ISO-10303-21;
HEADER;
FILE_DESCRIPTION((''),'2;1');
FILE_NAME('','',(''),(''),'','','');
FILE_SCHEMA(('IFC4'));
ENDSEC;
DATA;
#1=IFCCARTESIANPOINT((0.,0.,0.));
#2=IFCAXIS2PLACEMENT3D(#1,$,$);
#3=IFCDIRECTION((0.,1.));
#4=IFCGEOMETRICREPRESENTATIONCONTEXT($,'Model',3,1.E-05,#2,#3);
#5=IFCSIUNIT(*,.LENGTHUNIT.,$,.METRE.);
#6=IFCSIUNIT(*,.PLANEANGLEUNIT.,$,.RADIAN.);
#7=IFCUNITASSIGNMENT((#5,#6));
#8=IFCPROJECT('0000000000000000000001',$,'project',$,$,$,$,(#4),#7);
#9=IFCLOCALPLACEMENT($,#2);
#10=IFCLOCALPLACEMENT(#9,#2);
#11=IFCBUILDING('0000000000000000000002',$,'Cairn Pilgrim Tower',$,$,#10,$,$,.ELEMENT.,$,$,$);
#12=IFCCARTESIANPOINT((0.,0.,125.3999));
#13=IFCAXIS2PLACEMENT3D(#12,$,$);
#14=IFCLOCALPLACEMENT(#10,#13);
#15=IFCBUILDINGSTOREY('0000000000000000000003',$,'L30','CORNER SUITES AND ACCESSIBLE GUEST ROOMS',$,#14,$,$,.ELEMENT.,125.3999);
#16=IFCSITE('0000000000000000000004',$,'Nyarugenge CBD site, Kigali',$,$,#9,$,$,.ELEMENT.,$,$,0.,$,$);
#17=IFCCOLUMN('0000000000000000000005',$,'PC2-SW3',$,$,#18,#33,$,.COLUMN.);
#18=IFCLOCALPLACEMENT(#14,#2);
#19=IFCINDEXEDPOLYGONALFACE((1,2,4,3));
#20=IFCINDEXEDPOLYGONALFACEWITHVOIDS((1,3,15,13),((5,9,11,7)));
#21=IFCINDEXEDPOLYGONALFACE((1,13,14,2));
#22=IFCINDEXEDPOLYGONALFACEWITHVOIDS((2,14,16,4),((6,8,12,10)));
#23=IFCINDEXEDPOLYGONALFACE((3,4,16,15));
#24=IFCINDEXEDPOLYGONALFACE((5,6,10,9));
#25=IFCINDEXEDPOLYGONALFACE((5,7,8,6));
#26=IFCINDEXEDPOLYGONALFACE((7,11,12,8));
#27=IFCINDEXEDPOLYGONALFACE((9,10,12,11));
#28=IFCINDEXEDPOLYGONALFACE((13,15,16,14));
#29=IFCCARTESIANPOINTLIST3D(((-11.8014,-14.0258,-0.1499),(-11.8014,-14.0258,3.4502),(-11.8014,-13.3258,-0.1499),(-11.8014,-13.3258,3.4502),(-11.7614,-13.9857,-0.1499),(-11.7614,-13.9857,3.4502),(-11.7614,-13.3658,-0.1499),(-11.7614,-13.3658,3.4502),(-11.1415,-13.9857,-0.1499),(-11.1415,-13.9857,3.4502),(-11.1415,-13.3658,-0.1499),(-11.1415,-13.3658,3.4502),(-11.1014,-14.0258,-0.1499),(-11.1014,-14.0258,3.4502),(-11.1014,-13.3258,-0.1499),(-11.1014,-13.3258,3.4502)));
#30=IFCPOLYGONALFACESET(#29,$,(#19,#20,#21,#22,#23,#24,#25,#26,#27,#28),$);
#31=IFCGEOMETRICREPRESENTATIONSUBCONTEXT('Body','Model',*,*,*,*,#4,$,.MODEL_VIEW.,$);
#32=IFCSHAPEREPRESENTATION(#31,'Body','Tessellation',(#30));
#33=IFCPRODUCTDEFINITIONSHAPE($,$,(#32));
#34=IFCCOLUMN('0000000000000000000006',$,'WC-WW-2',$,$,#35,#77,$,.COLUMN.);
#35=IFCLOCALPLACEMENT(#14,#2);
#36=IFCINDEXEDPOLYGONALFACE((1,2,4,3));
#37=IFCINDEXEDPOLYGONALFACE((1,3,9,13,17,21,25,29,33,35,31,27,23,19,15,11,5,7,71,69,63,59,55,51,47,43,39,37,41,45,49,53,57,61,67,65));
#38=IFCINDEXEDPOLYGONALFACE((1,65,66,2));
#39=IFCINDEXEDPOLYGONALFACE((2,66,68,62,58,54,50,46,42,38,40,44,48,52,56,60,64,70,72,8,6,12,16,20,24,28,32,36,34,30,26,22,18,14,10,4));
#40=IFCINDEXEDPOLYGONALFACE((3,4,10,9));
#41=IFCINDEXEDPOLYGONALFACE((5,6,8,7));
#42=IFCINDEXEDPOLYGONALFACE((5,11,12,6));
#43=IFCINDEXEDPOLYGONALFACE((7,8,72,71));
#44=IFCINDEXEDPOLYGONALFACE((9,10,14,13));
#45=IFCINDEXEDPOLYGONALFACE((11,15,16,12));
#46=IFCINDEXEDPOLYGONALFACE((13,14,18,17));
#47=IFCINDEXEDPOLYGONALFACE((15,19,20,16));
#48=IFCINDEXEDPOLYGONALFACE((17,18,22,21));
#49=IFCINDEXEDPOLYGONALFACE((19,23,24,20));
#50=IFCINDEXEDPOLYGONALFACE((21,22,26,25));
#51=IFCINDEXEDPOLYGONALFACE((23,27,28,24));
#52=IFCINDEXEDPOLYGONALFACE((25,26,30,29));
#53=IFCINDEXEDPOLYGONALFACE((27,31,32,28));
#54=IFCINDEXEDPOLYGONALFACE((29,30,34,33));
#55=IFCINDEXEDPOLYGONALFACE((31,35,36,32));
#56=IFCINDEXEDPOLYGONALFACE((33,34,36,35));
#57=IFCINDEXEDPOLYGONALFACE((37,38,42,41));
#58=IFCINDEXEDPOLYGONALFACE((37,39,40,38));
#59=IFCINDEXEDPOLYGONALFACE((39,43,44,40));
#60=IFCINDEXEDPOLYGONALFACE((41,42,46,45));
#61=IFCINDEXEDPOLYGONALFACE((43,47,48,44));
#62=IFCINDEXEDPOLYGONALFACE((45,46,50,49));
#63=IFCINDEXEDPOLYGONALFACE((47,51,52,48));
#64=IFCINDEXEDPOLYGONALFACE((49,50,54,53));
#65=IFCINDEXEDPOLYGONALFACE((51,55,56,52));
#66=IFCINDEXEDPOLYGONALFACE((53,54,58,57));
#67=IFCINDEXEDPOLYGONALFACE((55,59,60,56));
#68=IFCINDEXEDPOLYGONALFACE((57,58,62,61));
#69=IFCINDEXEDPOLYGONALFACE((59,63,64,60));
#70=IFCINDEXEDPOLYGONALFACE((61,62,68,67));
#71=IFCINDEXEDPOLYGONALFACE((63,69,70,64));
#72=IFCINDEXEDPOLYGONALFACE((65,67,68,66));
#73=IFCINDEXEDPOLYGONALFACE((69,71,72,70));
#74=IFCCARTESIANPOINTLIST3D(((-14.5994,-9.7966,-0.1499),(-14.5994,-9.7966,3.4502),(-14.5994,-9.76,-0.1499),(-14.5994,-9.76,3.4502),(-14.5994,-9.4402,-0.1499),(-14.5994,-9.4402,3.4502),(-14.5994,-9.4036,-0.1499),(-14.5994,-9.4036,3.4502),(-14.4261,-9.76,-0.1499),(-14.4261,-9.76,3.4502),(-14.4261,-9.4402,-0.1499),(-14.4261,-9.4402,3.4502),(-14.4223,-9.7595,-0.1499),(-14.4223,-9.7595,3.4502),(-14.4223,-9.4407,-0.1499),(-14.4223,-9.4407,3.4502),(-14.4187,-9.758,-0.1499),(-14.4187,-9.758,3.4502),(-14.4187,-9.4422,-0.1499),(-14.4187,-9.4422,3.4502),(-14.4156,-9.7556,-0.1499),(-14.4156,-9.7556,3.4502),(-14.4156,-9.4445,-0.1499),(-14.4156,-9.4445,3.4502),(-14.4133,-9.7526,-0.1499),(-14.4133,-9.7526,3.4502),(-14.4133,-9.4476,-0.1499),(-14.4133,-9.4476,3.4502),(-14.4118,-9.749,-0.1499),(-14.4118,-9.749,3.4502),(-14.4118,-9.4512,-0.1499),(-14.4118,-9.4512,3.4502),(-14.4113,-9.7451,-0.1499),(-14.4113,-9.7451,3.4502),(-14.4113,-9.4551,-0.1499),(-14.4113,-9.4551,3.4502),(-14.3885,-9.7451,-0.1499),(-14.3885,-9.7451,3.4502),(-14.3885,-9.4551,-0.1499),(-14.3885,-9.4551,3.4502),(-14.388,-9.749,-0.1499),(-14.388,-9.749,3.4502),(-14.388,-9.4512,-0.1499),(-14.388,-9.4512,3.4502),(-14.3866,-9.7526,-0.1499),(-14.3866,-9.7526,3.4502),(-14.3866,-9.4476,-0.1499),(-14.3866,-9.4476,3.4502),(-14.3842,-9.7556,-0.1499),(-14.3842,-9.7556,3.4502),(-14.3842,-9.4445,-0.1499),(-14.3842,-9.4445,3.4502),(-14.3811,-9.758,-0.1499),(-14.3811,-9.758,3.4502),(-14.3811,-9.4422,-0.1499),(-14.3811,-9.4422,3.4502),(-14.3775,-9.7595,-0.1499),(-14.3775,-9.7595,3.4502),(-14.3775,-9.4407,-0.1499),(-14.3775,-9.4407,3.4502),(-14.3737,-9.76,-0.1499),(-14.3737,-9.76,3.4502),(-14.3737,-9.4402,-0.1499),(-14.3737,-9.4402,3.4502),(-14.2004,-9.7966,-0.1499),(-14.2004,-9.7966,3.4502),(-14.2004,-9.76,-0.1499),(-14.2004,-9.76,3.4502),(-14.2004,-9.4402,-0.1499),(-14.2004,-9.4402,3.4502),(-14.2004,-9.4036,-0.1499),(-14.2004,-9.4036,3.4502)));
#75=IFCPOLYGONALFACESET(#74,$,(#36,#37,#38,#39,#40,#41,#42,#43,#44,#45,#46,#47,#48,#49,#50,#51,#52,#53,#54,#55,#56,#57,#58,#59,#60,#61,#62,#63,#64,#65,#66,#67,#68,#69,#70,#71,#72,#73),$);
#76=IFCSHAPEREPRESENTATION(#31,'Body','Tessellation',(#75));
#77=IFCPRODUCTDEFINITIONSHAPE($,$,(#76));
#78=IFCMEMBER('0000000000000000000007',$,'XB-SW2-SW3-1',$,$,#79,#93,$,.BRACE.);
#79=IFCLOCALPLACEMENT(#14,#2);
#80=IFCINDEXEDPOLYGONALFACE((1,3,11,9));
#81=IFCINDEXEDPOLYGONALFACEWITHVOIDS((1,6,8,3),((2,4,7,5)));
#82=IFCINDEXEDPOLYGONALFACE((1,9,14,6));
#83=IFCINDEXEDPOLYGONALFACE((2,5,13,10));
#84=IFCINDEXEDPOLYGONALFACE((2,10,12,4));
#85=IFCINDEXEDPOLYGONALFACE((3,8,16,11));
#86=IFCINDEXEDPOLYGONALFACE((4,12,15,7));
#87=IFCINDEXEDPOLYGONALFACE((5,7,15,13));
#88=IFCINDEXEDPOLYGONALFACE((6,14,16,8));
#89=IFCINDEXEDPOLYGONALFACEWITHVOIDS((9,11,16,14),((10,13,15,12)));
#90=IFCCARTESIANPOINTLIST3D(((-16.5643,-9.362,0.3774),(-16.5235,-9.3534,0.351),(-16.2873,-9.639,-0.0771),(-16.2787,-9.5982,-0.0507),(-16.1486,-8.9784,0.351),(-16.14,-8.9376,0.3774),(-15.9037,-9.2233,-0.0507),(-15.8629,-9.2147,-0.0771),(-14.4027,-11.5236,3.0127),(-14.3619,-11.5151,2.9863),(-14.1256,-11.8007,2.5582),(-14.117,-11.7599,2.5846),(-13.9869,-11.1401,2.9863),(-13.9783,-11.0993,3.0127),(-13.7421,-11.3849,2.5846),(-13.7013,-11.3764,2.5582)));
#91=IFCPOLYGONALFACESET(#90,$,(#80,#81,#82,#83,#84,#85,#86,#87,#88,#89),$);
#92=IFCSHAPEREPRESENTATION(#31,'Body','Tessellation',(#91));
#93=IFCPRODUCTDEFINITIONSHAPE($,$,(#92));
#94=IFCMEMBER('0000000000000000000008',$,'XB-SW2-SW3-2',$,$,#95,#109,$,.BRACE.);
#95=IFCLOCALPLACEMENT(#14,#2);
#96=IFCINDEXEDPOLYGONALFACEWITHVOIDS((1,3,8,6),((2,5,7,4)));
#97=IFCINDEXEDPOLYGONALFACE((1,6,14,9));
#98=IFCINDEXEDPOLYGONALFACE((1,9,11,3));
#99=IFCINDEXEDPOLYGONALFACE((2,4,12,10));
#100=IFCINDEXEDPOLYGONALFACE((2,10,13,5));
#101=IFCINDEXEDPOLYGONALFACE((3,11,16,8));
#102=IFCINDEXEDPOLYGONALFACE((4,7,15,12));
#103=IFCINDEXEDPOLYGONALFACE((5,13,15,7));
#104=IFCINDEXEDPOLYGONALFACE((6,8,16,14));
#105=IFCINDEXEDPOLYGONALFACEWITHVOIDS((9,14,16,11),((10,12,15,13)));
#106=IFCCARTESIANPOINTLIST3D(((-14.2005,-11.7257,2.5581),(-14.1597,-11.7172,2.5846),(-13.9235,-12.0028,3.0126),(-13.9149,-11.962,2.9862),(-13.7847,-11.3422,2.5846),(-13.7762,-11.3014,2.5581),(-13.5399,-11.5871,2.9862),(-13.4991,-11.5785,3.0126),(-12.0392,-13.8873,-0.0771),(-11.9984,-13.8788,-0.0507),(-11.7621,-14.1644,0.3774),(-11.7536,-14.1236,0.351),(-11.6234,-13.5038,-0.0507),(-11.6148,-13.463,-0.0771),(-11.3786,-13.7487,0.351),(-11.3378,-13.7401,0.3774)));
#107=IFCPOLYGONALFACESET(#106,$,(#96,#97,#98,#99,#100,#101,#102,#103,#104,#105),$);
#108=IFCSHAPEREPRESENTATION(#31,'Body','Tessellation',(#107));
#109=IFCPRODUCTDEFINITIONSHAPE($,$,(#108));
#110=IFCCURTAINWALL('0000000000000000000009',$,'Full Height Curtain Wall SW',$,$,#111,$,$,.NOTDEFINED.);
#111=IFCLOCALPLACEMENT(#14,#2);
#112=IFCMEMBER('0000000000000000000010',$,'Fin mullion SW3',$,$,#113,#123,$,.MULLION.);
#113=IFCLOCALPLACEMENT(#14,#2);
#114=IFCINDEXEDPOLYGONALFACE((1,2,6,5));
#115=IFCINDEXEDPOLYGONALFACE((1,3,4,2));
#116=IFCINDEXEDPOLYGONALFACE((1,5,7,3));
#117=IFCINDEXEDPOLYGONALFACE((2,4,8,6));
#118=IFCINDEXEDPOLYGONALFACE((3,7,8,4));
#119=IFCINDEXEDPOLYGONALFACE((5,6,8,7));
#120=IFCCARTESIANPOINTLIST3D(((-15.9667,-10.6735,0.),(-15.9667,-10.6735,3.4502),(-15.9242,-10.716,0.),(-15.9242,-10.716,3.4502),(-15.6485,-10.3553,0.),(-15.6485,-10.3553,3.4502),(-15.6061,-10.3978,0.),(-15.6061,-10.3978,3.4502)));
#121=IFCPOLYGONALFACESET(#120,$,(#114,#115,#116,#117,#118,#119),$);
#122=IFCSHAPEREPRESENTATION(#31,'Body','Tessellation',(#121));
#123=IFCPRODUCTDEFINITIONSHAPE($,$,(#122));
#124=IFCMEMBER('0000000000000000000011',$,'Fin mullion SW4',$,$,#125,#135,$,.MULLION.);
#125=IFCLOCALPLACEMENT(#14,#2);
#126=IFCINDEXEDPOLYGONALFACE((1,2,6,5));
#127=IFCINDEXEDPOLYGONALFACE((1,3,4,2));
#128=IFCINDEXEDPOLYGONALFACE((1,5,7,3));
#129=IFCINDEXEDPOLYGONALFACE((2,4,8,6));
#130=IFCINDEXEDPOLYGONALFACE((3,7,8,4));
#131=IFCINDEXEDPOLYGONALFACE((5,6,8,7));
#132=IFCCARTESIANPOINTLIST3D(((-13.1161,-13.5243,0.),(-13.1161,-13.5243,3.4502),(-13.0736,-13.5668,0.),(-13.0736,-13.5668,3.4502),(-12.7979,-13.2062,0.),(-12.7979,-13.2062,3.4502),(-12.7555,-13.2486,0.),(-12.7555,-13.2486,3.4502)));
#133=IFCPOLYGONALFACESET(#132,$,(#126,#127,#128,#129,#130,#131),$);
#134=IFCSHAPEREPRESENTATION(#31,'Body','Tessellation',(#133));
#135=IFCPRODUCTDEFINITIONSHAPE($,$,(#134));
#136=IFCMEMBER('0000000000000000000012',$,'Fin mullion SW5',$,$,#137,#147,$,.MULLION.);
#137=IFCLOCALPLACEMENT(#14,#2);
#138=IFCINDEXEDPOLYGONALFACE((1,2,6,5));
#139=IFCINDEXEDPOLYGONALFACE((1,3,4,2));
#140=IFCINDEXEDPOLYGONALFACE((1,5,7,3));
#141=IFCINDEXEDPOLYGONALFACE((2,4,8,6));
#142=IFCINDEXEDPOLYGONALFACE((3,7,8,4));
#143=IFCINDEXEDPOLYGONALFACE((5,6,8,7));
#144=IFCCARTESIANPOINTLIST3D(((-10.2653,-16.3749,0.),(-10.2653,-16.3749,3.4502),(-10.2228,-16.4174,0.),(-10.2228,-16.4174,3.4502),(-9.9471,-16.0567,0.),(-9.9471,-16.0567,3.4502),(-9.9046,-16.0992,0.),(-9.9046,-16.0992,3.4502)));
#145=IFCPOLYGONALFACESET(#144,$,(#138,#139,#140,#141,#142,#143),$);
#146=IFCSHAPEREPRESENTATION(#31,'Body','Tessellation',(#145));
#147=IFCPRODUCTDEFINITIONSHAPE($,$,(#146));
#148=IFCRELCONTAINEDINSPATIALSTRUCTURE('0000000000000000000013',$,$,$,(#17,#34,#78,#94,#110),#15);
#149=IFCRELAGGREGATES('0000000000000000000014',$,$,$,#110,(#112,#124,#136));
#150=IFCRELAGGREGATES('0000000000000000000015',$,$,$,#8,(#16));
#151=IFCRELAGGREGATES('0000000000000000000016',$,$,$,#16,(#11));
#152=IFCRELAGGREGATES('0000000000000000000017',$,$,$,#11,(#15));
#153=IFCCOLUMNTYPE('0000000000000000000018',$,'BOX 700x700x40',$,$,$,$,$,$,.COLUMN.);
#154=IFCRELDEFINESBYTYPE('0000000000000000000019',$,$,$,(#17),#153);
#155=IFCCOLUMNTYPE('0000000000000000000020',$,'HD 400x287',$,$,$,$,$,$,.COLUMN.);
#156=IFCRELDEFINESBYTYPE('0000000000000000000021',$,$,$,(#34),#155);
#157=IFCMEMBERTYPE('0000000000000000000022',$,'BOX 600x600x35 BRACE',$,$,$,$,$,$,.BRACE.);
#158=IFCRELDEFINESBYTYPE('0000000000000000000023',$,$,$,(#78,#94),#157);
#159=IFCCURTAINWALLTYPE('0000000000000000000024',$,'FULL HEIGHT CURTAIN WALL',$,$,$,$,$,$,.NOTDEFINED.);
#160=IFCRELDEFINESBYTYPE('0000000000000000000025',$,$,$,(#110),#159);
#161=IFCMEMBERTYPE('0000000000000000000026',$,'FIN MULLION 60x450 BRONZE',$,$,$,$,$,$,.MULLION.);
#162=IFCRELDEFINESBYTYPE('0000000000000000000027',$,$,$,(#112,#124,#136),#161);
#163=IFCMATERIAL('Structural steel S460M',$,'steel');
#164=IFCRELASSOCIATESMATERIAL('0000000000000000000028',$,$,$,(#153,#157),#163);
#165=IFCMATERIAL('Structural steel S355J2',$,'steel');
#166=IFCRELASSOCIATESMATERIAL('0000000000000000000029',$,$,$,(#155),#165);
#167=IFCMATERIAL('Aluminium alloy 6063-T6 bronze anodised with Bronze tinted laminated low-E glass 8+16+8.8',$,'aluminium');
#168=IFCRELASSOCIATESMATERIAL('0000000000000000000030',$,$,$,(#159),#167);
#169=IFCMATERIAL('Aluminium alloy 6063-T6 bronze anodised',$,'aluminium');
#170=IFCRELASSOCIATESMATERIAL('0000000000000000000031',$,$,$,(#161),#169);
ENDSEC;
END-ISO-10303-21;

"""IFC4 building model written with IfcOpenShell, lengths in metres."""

from ifc_helpers import new_model, si_unit, direction, frame, origin, origin_2d, place, context, subcontext, project, spatial, rectangle, hollow_rectangle, i_section, extrude, material, material_profile, profile_set, type_object, element, aggregate, save


model = new_model("IFC4")

# Units and contexts
model_context = context("Model", 3, precision=1e-05, world=origin(), true_north=direction((0.0, 1.0)))
body_context = subcontext(model_context, "Body", "Model", "MODEL_VIEW")
ifc_project = project(units=[si_unit("LENGTHUNIT", "METRE"), si_unit("PLANEANGLEUNIT", "RADIAN")], contexts=[model_context])

# Site, building, storey
site_placement = place(None, origin())
site = spatial("IfcSite", under=ifc_project, at=site_placement, Name="Nyarugenge CBD site, Kigali", CompositionType="ELEMENT", RefElevation=0.0)
building_placement = place(site_placement, origin())
building = spatial("IfcBuilding", under=site, at=building_placement, Name="Cairn Pilgrim Tower", CompositionType="ELEMENT")
storey_placement = place(building_placement, frame((0.0, 0.0, 125.3999)))
storey = spatial("IfcBuildingStorey", under=building, at=storey_placement, Name="L30", Description="CORNER SUITES AND ACCESSIBLE GUEST ROOMS", CompositionType="ELEMENT", Elevation=125.3999)

# Columns
ifc_material_1 = material(Name="Structural steel S460M", Category="steel")
ifc_material_profile_1 = material_profile(ifc_material_1, hollow_rectangle(XDim=0.7, YDim=0.7, WallThickness=0.04, at=origin_2d()), Name="BOX 700x700x40")
ifc_profile_set_1 = profile_set([ifc_material_profile_1], Name="Structural steel S460M")
column_type_1 = type_object("IfcColumnType", Name="BOX 700x700x40", PredefinedType="COLUMN", material=ifc_profile_set_1)
column_1_placement = place(storey_placement, frame((-11.4514, -13.6758, -0.1499), z_axis=(0.0, 0.0, 1.0), x_axis=(1.0, 0.0, 0.0)))
element("IfcColumn", 1, at=column_1_placement, inside=storey, type_object=column_type_1, Name="PC2-SW3", PredefinedType="COLUMN", context=body_context, shape_type="SweptSolid", body=[
    extrude(hollow_rectangle(XDim=0.7, YDim=0.7, WallThickness=0.04, at=origin_2d()), origin(), (0.0, 0.0, 1.0), 3.6001),
])
ifc_material_2 = material(Name="Structural steel S355J2", Category="steel")
ifc_material_profile_2 = material_profile(ifc_material_2, i_section(OverallWidth=0.3989, OverallDepth=0.3931, WebThickness=0.0227, FlangeThickness=0.0366, FilletRadius=0.0149, at=origin_2d()), Name="HD 400x287")
ifc_profile_set_2 = profile_set([ifc_material_profile_2], Name="Structural steel S355J2")
column_type_2 = type_object("IfcColumnType", Name="HD 400x287", PredefinedType="COLUMN", material=ifc_profile_set_2)
column_2_placement = place(storey_placement, frame((-14.3999, -9.6001, -0.1499), z_axis=(0.0, 0.0, 1.0), x_axis=(1.0, 0.0, 0.0)))
element("IfcColumn", 2, at=column_2_placement, inside=storey, type_object=column_type_2, Name="WC-WW-2", PredefinedType="COLUMN", context=body_context, shape_type="SweptSolid", body=[
    extrude(i_section(OverallWidth=0.3989, OverallDepth=0.3931, WebThickness=0.0227, FlangeThickness=0.0366, FilletRadius=0.0149, at=origin_2d()), origin(), (0.0, 0.0, 1.0), 3.6001),
])

# Members
ifc_material_profile_3 = material_profile(ifc_material_1, hollow_rectangle(XDim=0.6001, YDim=0.6001, WallThickness=0.0349, at=origin_2d()), Name="BOX 600x600x35")
ifc_profile_set_3 = profile_set([ifc_material_profile_3], Name="Structural steel S460M")
member_type_1 = type_object("IfcMemberType", Name="BOX 600x600x35 BRACE", PredefinedType="BRACE", material=ifc_profile_set_3)
member_1_placement = place(storey_placement, frame((-16.2136, -9.2883, 0.1501), z_axis=(0.535577, -0.535577, 0.652927), x_axis=(0.707107, 0.707107, 0.0)))
element("IfcMember", 3, at=member_1_placement, inside=storey, type_object=member_type_1, Name="XB-SW2-SW3-1", PredefinedType="BRACE", context=body_context, shape_type="SweptSolid", body=[
    extrude(hollow_rectangle(XDim=0.6001, YDim=0.6001, WallThickness=0.0349, at=origin_2d()), origin(), (0.0, 0.0, 1.0), 4.0361),
])
member_2_placement = place(storey_placement, frame((-11.6885, -13.8137, 0.1501), z_axis=(-0.535534, 0.535594, 0.652949), x_axis=(-0.707147, -0.707067, 0.0)))
element("IfcMember", 4, at=member_2_placement, inside=storey, type_object=member_type_1, Name="XB-SW2-SW3-2", PredefinedType="BRACE", context=body_context, shape_type="SweptSolid", body=[
    extrude(hollow_rectangle(XDim=0.6001, YDim=0.6001, WallThickness=0.0349, at=origin_2d()), origin(), (0.0, 0.0, 1.0), 4.0359),
])

# Curtain wall, members
ifc_material_3 = material(Name="Aluminium alloy 6063-T6 bronze anodised with Bronze tinted laminated low-E glass 8+16+8.8", Category="aluminium")
curtain_wall_type = type_object("IfcCurtainWallType", Name="FULL HEIGHT CURTAIN WALL", PredefinedType="NOTDEFINED", material=ifc_material_3)
curtain_wall_placement = place(storey_placement, origin())
curtain_wall = element("IfcCurtainWall", 5, at=curtain_wall_placement, inside=storey, type_object=curtain_wall_type, Name="Full Height Curtain Wall SW", PredefinedType="NOTDEFINED")
ifc_material_4 = material(Name="Aluminium alloy 6063-T6 bronze anodised", Category="aluminium")
ifc_material_profile_4 = material_profile(ifc_material_4, rectangle(XDim=0.45, YDim=0.0601, at=origin_2d()), Name="FIN MULLION 60x450 BRONZE")
ifc_profile_set_4 = profile_set([ifc_material_profile_4], Name="Aluminium alloy 6063-T6 bronze anodised")
member_type_2 = type_object("IfcMemberType", Name="FIN MULLION 60x450 BRONZE", PredefinedType="MULLION", material=ifc_profile_set_4)
member_3_placement = place(storey_placement, frame((-15.7864, -10.5356, 0.0), z_axis=(0.0, 0.0, 1.0), x_axis=(-0.707107, -0.707107, 0.0)))
member_3 = element("IfcMember", 6, at=member_3_placement, type_object=member_type_2, Name="Fin mullion SW3", PredefinedType="MULLION", context=body_context, shape_type="SweptSolid", body=[
    extrude(rectangle(XDim=0.45, YDim=0.0601, at=origin_2d()), origin(), (0.0, 0.0, 1.0), 3.4502),
])
member_4_placement = place(storey_placement, frame((-12.9358, -13.3865, 0.0), z_axis=(0.0, 0.0, 1.0), x_axis=(-0.707107, -0.707107, 0.0)))
member_4 = element("IfcMember", 7, at=member_4_placement, type_object=member_type_2, Name="Fin mullion SW4", PredefinedType="MULLION", context=body_context, shape_type="SweptSolid", body=[
    extrude(rectangle(XDim=0.45, YDim=0.0601, at=origin_2d()), origin(), (0.0, 0.0, 1.0), 3.4502),
])
member_5_placement = place(storey_placement, frame((-10.085, -16.2371, 0.0), z_axis=(0.0, 0.0, 1.0), x_axis=(-0.707107, -0.707107, 0.0)))
member_5 = element("IfcMember", 8, at=member_5_placement, type_object=member_type_2, Name="Fin mullion SW5", PredefinedType="MULLION", context=body_context, shape_type="SweptSolid", body=[
    extrude(rectangle(XDim=0.45, YDim=0.0601, at=origin_2d()), origin(), (0.0, 0.0, 1.0), 3.4502),
])

aggregate(curtain_wall, [member_3, member_4, member_5])

save(model, "model.ifc")
